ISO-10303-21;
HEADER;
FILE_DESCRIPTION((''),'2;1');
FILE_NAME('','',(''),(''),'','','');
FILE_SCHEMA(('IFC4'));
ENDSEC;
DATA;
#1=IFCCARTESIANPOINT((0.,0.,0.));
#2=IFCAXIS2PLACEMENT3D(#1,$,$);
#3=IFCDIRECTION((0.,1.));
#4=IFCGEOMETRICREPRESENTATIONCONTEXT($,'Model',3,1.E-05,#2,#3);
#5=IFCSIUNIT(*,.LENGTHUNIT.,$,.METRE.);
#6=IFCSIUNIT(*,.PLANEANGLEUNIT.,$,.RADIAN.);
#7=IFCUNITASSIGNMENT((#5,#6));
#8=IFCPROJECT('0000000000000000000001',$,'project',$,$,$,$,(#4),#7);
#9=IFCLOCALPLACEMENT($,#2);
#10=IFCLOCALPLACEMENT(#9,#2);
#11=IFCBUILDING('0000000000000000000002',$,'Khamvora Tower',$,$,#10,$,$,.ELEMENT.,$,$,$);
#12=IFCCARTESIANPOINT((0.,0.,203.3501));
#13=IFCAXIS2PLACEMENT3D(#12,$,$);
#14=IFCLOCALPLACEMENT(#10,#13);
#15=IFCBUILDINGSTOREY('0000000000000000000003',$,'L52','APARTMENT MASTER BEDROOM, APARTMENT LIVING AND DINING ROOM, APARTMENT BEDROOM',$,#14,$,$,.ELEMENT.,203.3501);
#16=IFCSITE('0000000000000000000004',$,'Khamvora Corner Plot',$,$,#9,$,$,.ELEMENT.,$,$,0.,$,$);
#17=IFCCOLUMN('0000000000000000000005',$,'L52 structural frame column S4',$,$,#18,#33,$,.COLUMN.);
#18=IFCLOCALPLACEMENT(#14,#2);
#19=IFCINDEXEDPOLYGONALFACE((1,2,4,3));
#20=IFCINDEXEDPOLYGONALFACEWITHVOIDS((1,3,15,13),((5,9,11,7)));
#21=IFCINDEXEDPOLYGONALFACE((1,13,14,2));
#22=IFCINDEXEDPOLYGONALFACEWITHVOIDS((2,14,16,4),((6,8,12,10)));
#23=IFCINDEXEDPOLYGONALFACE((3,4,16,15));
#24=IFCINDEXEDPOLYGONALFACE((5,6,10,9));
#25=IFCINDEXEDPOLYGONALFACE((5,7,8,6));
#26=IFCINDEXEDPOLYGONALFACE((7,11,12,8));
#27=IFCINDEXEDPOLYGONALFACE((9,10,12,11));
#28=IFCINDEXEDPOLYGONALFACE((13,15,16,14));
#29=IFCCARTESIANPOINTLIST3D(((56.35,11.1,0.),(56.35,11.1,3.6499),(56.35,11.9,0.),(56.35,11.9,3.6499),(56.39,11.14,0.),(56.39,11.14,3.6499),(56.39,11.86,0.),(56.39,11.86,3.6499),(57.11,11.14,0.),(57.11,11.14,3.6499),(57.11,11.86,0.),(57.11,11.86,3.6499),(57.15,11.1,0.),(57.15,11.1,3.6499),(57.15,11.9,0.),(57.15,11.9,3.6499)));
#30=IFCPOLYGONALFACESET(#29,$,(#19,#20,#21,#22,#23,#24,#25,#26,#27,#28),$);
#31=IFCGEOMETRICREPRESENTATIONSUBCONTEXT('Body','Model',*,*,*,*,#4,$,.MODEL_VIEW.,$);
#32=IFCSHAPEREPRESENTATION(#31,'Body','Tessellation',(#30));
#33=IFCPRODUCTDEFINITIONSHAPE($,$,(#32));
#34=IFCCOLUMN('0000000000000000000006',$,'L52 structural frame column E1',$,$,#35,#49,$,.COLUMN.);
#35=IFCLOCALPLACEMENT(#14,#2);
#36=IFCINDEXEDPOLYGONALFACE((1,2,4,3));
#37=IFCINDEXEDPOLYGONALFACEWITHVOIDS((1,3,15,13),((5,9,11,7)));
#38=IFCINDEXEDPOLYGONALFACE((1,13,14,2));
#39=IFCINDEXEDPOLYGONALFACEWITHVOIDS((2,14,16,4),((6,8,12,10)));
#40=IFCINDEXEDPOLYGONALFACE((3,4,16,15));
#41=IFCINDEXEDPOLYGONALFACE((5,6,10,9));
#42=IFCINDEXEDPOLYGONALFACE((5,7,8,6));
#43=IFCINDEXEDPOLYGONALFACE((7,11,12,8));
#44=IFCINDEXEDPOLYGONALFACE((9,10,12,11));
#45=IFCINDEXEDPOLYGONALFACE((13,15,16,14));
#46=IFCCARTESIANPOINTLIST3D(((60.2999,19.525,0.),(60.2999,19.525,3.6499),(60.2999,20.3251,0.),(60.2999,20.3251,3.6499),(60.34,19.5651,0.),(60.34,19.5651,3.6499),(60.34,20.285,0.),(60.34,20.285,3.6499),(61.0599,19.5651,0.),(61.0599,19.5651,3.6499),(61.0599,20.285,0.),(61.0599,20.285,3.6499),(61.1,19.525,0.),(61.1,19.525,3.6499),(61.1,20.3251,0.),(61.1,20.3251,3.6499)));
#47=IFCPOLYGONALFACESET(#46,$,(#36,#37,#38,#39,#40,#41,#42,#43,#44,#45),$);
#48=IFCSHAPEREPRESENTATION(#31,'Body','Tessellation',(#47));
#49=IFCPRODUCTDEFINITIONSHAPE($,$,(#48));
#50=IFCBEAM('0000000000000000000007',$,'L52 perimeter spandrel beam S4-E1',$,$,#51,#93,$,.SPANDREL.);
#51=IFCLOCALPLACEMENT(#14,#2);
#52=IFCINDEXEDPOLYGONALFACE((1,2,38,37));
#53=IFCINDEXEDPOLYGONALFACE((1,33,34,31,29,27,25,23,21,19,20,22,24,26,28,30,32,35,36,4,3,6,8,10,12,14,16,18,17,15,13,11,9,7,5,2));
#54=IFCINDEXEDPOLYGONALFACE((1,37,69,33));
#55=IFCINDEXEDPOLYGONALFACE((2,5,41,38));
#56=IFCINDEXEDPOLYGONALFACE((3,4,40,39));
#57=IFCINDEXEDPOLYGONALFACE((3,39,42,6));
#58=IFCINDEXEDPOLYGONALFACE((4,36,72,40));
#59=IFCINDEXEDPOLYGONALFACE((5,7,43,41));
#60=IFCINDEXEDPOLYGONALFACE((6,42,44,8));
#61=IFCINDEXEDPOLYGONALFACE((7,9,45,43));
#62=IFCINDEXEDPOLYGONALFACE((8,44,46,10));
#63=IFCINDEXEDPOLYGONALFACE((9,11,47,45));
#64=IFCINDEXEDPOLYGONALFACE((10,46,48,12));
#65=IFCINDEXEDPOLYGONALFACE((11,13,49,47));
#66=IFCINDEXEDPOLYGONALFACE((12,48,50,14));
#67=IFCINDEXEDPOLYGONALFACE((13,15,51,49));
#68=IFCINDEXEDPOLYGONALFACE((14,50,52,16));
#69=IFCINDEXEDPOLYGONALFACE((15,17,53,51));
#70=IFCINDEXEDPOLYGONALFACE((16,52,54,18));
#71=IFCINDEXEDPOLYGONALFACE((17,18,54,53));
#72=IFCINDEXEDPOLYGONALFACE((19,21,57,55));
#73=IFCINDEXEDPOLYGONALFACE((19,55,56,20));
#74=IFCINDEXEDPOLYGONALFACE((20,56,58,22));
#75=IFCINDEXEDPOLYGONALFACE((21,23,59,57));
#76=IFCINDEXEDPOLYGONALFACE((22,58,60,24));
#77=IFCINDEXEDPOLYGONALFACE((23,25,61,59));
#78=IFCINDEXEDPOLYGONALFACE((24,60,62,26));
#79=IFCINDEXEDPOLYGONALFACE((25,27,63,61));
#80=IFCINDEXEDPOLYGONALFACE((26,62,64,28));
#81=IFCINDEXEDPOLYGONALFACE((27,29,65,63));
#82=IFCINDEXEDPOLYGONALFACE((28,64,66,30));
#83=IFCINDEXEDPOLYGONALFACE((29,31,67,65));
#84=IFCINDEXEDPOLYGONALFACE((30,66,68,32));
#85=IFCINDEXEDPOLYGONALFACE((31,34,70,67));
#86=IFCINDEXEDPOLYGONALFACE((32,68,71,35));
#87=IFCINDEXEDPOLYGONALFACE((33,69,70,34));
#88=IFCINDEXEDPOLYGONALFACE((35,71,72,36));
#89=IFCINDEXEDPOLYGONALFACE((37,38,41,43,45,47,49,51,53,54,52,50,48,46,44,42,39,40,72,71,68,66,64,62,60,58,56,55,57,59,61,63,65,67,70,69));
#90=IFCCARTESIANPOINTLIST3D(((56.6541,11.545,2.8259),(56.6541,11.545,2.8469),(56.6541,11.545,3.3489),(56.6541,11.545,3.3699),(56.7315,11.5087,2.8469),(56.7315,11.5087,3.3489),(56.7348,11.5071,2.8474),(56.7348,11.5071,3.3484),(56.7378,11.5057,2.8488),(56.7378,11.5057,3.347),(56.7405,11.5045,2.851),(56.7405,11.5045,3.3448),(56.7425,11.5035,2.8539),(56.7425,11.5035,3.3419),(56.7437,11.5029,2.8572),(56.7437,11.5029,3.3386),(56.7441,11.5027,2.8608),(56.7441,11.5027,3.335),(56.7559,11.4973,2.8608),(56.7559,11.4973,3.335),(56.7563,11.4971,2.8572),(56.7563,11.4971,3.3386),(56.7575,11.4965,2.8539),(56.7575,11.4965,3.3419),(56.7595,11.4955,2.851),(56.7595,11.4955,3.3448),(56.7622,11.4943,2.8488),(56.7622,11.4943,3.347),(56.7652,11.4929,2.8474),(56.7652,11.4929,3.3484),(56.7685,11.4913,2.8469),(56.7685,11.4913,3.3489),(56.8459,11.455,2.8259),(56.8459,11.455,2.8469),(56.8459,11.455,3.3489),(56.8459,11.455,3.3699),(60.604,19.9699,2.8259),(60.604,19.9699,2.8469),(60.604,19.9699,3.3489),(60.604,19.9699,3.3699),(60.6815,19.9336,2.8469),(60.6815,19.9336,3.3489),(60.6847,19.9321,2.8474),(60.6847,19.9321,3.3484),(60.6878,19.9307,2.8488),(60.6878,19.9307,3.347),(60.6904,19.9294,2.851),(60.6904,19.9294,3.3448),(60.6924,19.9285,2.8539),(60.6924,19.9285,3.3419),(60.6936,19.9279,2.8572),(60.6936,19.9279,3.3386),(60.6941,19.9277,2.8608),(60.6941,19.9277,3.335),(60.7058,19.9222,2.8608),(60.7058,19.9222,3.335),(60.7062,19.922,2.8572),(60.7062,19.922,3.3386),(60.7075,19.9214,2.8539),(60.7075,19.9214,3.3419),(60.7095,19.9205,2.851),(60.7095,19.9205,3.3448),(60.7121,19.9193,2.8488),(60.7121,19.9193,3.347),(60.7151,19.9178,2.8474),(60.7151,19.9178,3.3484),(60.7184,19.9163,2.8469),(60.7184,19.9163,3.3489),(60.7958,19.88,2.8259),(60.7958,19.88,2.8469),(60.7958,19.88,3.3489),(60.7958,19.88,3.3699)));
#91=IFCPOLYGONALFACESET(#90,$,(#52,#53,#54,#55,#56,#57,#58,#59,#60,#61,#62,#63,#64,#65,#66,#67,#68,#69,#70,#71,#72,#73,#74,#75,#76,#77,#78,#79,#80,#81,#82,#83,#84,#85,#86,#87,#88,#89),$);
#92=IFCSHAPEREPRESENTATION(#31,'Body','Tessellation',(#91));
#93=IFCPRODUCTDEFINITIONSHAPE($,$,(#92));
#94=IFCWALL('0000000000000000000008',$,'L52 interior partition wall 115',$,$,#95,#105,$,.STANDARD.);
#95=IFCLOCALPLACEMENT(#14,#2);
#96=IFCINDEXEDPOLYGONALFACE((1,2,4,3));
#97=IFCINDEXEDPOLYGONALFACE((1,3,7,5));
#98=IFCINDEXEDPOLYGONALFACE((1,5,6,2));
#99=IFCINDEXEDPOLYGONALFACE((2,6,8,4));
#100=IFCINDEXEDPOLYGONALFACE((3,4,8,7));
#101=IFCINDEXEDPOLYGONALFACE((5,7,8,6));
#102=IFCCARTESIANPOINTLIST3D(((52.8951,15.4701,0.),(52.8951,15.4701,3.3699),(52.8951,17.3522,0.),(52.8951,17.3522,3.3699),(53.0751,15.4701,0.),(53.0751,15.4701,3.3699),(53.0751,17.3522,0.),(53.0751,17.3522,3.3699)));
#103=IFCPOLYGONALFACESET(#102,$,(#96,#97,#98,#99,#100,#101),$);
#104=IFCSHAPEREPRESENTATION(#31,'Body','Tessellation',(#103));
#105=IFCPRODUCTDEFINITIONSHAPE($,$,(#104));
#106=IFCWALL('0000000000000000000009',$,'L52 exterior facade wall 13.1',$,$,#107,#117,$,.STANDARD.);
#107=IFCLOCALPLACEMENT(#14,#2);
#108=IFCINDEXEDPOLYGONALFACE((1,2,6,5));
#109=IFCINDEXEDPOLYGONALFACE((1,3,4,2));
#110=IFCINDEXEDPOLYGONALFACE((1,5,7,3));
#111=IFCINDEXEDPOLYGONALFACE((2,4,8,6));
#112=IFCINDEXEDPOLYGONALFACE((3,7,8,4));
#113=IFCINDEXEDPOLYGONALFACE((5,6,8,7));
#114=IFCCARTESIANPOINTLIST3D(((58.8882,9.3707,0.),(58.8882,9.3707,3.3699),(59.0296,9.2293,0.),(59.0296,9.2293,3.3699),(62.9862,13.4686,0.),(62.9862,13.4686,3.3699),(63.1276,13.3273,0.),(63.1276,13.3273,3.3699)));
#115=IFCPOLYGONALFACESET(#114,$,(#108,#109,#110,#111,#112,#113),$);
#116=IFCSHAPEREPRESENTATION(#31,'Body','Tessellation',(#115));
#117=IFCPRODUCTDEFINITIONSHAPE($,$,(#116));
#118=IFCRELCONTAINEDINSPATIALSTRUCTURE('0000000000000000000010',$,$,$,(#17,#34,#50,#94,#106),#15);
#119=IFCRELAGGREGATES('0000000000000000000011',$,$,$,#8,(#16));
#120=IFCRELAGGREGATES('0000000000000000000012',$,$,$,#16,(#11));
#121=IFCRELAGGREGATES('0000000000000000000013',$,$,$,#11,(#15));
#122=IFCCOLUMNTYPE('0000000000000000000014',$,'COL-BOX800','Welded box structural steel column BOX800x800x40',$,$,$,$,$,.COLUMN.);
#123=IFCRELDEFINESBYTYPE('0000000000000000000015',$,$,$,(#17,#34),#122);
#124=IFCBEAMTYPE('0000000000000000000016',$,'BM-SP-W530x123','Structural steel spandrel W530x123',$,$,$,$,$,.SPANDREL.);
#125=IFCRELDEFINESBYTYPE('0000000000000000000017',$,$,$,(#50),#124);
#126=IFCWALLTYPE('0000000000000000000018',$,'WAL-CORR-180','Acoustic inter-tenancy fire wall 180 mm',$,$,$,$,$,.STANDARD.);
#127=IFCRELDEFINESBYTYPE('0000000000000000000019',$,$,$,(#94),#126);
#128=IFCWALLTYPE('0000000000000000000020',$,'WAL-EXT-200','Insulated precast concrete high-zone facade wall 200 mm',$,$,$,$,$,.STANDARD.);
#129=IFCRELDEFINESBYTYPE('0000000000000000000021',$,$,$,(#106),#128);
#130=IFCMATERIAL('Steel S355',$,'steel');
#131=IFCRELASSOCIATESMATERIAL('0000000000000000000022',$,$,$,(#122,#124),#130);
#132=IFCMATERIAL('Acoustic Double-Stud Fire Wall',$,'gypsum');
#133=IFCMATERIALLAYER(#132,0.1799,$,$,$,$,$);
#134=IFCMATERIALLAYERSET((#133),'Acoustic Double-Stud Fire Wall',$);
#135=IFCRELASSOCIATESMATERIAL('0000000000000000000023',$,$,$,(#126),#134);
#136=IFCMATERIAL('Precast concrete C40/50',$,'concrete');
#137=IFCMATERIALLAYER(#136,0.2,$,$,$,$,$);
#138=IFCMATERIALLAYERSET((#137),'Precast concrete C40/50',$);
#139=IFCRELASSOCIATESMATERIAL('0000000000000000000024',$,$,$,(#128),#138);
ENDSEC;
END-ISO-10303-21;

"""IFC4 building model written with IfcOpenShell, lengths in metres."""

from ifc_helpers import new_model, si_unit, direction, frame, frame_2d, origin, origin_2d, place, context, subcontext, project, spatial, rectangle, hollow_rectangle, i_section, extrude, material, layer, layer_set, material_profile, profile_set, type_object, element, save


model = new_model("IFC4")

# Units and contexts
model_context = context("Model", 3, precision=1e-05, world=origin(), true_north=direction((0.0, 1.0)))
body_context = subcontext(model_context, "Body", "Model", "MODEL_VIEW")
ifc_project = project(units=[si_unit("LENGTHUNIT", "METRE"), si_unit("PLANEANGLEUNIT", "RADIAN")], contexts=[model_context])

# Site, building, storey
site_placement = place(None, origin())
site = spatial("IfcSite", under=ifc_project, at=site_placement, Name="Khamvora Corner Plot", CompositionType="ELEMENT", RefElevation=0.0)
building_placement = place(site_placement, origin())
building = spatial("IfcBuilding", under=site, at=building_placement, Name="Khamvora Tower", CompositionType="ELEMENT")
storey_placement = place(building_placement, frame((0.0, 0.0, 203.3501)))
storey = spatial("IfcBuildingStorey", under=building, at=storey_placement, Name="L52", Description="APARTMENT MASTER BEDROOM, APARTMENT LIVING AND DINING ROOM, APARTMENT BEDROOM", CompositionType="ELEMENT", Elevation=203.3501)

# Columns
ifc_material_1 = material(Name="Steel S355", Category="steel")
ifc_material_profile_1 = material_profile(ifc_material_1, hollow_rectangle(XDim=0.8, YDim=0.8, WallThickness=0.04, at=origin_2d()), Name="BOX800x800x40")
ifc_profile_set_1 = profile_set([ifc_material_profile_1], Name="Steel S355")
column_type = type_object("IfcColumnType", Name="COL-BOX800", Description="Welded box structural steel column BOX800x800x40", PredefinedType="COLUMN", material=ifc_profile_set_1)
for number, where, z_axis, x_axis, name in (
    (1, (56.75, 11.5, 0.0), (0.0, 0.0, 1.0), (1.0, 0.0, 0.0), "L52 structural frame column S4"),
    (2, (60.7, 19.925, 0.0), (0.0, 0.0, 1.0), (1.0, 0.0, 0.0), "L52 structural frame column E1"),
):
    element("IfcColumn", number, at=place(storey_placement, frame(where, z_axis=z_axis, x_axis=x_axis)), inside=storey, type_object=column_type, Name=name, PredefinedType="COLUMN", context=body_context, shape_type="SweptSolid", body=[
        extrude(hollow_rectangle(XDim=0.8, YDim=0.8, WallThickness=0.04, at=origin_2d()), origin(), (0.0, 0.0, 1.0), 3.6499),
    ])

# Beam
ifc_material_profile_2 = material_profile(ifc_material_1, i_section(OverallWidth=0.2119, OverallDepth=0.5439, WebThickness=0.0129, FlangeThickness=0.021, FilletRadius=0.0139, at=origin_2d()), Name="W530x123")
ifc_profile_set_2 = profile_set([ifc_material_profile_2], Name="Steel S355")
beam_type = type_object("IfcBeamType", Name="BM-SP-W530x123", Description="Structural steel spandrel W530x123", PredefinedType="SPANDREL", material=ifc_profile_set_2)
beam_placement = place(storey_placement, frame((56.75, 11.5, 3.0979), z_axis=(0.424496, 0.90543, 0.0), x_axis=(-0.90543, 0.424496, 0.0)))
element("IfcBeam", 3, at=beam_placement, inside=storey, type_object=beam_type, Name="L52 perimeter spandrel beam S4-E1", PredefinedType="SPANDREL", context=body_context, shape_type="SweptSolid", body=[
    extrude(i_section(OverallWidth=0.2119, OverallDepth=0.5439, WebThickness=0.0129, FlangeThickness=0.021, FilletRadius=0.0139, at=origin_2d()), origin(), (0.0, 0.0, 1.0), 9.3049),
])

# Walls
ifc_material_2 = material(Name="Acoustic Double-Stud Fire Wall", Category="gypsum")
ifc_layer_1 = layer(ifc_material_2, 0.1799)
ifc_layer_set_1 = layer_set([ifc_layer_1], Name="Acoustic Double-Stud Fire Wall")
wall_type_1 = type_object("IfcWallType", Name="WAL-CORR-180", Description="Acoustic inter-tenancy fire wall 180 mm", PredefinedType="STANDARD", material=ifc_layer_set_1)
wall_1_placement = place(storey_placement, frame((52.9851, 17.3521, 0.0), z_axis=(0.0, 0.0, 1.0), x_axis=(0.0, -1.0, 0.0)))
element("IfcWall", 4, at=wall_1_placement, inside=storey, type_object=wall_type_1, Name="L52 interior partition wall 115", PredefinedType="STANDARD", context=body_context, shape_type="SweptSolid", body=[
    extrude(rectangle(XDim=1.8821, YDim=0.1799, at=frame_2d((0.9409, 0.0))), origin(), (0.0, 0.0, 1.0), 3.3699),
])
ifc_material_3 = material(Name="Precast concrete C40/50", Category="concrete")
ifc_layer_2 = layer(ifc_material_3, 0.2)
ifc_layer_set_2 = layer_set([ifc_layer_2], Name="Precast concrete C40/50")
wall_type_2 = type_object("IfcWallType", Name="WAL-EXT-200", Description="Insulated precast concrete high-zone facade wall 200 mm", PredefinedType="STANDARD", material=ifc_layer_set_2)
wall_2_placement = place(storey_placement, frame((63.0569, 13.3979, 0.0), z_axis=(0.0, 0.0, 1.0), x_axis=(-0.707107, -0.707107, 0.0)))
element("IfcWall", 5, at=wall_2_placement, inside=storey, type_object=wall_type_2, Name="L52 exterior facade wall 13.1", PredefinedType="STANDARD", context=body_context, shape_type="SweptSolid", body=[
    extrude(rectangle(XDim=5.7954, YDim=0.2, at=frame_2d((2.8977, 0.0))), origin(), (0.0, 0.0, 1.0), 3.3699),
])

save(model, "model.ifc")
